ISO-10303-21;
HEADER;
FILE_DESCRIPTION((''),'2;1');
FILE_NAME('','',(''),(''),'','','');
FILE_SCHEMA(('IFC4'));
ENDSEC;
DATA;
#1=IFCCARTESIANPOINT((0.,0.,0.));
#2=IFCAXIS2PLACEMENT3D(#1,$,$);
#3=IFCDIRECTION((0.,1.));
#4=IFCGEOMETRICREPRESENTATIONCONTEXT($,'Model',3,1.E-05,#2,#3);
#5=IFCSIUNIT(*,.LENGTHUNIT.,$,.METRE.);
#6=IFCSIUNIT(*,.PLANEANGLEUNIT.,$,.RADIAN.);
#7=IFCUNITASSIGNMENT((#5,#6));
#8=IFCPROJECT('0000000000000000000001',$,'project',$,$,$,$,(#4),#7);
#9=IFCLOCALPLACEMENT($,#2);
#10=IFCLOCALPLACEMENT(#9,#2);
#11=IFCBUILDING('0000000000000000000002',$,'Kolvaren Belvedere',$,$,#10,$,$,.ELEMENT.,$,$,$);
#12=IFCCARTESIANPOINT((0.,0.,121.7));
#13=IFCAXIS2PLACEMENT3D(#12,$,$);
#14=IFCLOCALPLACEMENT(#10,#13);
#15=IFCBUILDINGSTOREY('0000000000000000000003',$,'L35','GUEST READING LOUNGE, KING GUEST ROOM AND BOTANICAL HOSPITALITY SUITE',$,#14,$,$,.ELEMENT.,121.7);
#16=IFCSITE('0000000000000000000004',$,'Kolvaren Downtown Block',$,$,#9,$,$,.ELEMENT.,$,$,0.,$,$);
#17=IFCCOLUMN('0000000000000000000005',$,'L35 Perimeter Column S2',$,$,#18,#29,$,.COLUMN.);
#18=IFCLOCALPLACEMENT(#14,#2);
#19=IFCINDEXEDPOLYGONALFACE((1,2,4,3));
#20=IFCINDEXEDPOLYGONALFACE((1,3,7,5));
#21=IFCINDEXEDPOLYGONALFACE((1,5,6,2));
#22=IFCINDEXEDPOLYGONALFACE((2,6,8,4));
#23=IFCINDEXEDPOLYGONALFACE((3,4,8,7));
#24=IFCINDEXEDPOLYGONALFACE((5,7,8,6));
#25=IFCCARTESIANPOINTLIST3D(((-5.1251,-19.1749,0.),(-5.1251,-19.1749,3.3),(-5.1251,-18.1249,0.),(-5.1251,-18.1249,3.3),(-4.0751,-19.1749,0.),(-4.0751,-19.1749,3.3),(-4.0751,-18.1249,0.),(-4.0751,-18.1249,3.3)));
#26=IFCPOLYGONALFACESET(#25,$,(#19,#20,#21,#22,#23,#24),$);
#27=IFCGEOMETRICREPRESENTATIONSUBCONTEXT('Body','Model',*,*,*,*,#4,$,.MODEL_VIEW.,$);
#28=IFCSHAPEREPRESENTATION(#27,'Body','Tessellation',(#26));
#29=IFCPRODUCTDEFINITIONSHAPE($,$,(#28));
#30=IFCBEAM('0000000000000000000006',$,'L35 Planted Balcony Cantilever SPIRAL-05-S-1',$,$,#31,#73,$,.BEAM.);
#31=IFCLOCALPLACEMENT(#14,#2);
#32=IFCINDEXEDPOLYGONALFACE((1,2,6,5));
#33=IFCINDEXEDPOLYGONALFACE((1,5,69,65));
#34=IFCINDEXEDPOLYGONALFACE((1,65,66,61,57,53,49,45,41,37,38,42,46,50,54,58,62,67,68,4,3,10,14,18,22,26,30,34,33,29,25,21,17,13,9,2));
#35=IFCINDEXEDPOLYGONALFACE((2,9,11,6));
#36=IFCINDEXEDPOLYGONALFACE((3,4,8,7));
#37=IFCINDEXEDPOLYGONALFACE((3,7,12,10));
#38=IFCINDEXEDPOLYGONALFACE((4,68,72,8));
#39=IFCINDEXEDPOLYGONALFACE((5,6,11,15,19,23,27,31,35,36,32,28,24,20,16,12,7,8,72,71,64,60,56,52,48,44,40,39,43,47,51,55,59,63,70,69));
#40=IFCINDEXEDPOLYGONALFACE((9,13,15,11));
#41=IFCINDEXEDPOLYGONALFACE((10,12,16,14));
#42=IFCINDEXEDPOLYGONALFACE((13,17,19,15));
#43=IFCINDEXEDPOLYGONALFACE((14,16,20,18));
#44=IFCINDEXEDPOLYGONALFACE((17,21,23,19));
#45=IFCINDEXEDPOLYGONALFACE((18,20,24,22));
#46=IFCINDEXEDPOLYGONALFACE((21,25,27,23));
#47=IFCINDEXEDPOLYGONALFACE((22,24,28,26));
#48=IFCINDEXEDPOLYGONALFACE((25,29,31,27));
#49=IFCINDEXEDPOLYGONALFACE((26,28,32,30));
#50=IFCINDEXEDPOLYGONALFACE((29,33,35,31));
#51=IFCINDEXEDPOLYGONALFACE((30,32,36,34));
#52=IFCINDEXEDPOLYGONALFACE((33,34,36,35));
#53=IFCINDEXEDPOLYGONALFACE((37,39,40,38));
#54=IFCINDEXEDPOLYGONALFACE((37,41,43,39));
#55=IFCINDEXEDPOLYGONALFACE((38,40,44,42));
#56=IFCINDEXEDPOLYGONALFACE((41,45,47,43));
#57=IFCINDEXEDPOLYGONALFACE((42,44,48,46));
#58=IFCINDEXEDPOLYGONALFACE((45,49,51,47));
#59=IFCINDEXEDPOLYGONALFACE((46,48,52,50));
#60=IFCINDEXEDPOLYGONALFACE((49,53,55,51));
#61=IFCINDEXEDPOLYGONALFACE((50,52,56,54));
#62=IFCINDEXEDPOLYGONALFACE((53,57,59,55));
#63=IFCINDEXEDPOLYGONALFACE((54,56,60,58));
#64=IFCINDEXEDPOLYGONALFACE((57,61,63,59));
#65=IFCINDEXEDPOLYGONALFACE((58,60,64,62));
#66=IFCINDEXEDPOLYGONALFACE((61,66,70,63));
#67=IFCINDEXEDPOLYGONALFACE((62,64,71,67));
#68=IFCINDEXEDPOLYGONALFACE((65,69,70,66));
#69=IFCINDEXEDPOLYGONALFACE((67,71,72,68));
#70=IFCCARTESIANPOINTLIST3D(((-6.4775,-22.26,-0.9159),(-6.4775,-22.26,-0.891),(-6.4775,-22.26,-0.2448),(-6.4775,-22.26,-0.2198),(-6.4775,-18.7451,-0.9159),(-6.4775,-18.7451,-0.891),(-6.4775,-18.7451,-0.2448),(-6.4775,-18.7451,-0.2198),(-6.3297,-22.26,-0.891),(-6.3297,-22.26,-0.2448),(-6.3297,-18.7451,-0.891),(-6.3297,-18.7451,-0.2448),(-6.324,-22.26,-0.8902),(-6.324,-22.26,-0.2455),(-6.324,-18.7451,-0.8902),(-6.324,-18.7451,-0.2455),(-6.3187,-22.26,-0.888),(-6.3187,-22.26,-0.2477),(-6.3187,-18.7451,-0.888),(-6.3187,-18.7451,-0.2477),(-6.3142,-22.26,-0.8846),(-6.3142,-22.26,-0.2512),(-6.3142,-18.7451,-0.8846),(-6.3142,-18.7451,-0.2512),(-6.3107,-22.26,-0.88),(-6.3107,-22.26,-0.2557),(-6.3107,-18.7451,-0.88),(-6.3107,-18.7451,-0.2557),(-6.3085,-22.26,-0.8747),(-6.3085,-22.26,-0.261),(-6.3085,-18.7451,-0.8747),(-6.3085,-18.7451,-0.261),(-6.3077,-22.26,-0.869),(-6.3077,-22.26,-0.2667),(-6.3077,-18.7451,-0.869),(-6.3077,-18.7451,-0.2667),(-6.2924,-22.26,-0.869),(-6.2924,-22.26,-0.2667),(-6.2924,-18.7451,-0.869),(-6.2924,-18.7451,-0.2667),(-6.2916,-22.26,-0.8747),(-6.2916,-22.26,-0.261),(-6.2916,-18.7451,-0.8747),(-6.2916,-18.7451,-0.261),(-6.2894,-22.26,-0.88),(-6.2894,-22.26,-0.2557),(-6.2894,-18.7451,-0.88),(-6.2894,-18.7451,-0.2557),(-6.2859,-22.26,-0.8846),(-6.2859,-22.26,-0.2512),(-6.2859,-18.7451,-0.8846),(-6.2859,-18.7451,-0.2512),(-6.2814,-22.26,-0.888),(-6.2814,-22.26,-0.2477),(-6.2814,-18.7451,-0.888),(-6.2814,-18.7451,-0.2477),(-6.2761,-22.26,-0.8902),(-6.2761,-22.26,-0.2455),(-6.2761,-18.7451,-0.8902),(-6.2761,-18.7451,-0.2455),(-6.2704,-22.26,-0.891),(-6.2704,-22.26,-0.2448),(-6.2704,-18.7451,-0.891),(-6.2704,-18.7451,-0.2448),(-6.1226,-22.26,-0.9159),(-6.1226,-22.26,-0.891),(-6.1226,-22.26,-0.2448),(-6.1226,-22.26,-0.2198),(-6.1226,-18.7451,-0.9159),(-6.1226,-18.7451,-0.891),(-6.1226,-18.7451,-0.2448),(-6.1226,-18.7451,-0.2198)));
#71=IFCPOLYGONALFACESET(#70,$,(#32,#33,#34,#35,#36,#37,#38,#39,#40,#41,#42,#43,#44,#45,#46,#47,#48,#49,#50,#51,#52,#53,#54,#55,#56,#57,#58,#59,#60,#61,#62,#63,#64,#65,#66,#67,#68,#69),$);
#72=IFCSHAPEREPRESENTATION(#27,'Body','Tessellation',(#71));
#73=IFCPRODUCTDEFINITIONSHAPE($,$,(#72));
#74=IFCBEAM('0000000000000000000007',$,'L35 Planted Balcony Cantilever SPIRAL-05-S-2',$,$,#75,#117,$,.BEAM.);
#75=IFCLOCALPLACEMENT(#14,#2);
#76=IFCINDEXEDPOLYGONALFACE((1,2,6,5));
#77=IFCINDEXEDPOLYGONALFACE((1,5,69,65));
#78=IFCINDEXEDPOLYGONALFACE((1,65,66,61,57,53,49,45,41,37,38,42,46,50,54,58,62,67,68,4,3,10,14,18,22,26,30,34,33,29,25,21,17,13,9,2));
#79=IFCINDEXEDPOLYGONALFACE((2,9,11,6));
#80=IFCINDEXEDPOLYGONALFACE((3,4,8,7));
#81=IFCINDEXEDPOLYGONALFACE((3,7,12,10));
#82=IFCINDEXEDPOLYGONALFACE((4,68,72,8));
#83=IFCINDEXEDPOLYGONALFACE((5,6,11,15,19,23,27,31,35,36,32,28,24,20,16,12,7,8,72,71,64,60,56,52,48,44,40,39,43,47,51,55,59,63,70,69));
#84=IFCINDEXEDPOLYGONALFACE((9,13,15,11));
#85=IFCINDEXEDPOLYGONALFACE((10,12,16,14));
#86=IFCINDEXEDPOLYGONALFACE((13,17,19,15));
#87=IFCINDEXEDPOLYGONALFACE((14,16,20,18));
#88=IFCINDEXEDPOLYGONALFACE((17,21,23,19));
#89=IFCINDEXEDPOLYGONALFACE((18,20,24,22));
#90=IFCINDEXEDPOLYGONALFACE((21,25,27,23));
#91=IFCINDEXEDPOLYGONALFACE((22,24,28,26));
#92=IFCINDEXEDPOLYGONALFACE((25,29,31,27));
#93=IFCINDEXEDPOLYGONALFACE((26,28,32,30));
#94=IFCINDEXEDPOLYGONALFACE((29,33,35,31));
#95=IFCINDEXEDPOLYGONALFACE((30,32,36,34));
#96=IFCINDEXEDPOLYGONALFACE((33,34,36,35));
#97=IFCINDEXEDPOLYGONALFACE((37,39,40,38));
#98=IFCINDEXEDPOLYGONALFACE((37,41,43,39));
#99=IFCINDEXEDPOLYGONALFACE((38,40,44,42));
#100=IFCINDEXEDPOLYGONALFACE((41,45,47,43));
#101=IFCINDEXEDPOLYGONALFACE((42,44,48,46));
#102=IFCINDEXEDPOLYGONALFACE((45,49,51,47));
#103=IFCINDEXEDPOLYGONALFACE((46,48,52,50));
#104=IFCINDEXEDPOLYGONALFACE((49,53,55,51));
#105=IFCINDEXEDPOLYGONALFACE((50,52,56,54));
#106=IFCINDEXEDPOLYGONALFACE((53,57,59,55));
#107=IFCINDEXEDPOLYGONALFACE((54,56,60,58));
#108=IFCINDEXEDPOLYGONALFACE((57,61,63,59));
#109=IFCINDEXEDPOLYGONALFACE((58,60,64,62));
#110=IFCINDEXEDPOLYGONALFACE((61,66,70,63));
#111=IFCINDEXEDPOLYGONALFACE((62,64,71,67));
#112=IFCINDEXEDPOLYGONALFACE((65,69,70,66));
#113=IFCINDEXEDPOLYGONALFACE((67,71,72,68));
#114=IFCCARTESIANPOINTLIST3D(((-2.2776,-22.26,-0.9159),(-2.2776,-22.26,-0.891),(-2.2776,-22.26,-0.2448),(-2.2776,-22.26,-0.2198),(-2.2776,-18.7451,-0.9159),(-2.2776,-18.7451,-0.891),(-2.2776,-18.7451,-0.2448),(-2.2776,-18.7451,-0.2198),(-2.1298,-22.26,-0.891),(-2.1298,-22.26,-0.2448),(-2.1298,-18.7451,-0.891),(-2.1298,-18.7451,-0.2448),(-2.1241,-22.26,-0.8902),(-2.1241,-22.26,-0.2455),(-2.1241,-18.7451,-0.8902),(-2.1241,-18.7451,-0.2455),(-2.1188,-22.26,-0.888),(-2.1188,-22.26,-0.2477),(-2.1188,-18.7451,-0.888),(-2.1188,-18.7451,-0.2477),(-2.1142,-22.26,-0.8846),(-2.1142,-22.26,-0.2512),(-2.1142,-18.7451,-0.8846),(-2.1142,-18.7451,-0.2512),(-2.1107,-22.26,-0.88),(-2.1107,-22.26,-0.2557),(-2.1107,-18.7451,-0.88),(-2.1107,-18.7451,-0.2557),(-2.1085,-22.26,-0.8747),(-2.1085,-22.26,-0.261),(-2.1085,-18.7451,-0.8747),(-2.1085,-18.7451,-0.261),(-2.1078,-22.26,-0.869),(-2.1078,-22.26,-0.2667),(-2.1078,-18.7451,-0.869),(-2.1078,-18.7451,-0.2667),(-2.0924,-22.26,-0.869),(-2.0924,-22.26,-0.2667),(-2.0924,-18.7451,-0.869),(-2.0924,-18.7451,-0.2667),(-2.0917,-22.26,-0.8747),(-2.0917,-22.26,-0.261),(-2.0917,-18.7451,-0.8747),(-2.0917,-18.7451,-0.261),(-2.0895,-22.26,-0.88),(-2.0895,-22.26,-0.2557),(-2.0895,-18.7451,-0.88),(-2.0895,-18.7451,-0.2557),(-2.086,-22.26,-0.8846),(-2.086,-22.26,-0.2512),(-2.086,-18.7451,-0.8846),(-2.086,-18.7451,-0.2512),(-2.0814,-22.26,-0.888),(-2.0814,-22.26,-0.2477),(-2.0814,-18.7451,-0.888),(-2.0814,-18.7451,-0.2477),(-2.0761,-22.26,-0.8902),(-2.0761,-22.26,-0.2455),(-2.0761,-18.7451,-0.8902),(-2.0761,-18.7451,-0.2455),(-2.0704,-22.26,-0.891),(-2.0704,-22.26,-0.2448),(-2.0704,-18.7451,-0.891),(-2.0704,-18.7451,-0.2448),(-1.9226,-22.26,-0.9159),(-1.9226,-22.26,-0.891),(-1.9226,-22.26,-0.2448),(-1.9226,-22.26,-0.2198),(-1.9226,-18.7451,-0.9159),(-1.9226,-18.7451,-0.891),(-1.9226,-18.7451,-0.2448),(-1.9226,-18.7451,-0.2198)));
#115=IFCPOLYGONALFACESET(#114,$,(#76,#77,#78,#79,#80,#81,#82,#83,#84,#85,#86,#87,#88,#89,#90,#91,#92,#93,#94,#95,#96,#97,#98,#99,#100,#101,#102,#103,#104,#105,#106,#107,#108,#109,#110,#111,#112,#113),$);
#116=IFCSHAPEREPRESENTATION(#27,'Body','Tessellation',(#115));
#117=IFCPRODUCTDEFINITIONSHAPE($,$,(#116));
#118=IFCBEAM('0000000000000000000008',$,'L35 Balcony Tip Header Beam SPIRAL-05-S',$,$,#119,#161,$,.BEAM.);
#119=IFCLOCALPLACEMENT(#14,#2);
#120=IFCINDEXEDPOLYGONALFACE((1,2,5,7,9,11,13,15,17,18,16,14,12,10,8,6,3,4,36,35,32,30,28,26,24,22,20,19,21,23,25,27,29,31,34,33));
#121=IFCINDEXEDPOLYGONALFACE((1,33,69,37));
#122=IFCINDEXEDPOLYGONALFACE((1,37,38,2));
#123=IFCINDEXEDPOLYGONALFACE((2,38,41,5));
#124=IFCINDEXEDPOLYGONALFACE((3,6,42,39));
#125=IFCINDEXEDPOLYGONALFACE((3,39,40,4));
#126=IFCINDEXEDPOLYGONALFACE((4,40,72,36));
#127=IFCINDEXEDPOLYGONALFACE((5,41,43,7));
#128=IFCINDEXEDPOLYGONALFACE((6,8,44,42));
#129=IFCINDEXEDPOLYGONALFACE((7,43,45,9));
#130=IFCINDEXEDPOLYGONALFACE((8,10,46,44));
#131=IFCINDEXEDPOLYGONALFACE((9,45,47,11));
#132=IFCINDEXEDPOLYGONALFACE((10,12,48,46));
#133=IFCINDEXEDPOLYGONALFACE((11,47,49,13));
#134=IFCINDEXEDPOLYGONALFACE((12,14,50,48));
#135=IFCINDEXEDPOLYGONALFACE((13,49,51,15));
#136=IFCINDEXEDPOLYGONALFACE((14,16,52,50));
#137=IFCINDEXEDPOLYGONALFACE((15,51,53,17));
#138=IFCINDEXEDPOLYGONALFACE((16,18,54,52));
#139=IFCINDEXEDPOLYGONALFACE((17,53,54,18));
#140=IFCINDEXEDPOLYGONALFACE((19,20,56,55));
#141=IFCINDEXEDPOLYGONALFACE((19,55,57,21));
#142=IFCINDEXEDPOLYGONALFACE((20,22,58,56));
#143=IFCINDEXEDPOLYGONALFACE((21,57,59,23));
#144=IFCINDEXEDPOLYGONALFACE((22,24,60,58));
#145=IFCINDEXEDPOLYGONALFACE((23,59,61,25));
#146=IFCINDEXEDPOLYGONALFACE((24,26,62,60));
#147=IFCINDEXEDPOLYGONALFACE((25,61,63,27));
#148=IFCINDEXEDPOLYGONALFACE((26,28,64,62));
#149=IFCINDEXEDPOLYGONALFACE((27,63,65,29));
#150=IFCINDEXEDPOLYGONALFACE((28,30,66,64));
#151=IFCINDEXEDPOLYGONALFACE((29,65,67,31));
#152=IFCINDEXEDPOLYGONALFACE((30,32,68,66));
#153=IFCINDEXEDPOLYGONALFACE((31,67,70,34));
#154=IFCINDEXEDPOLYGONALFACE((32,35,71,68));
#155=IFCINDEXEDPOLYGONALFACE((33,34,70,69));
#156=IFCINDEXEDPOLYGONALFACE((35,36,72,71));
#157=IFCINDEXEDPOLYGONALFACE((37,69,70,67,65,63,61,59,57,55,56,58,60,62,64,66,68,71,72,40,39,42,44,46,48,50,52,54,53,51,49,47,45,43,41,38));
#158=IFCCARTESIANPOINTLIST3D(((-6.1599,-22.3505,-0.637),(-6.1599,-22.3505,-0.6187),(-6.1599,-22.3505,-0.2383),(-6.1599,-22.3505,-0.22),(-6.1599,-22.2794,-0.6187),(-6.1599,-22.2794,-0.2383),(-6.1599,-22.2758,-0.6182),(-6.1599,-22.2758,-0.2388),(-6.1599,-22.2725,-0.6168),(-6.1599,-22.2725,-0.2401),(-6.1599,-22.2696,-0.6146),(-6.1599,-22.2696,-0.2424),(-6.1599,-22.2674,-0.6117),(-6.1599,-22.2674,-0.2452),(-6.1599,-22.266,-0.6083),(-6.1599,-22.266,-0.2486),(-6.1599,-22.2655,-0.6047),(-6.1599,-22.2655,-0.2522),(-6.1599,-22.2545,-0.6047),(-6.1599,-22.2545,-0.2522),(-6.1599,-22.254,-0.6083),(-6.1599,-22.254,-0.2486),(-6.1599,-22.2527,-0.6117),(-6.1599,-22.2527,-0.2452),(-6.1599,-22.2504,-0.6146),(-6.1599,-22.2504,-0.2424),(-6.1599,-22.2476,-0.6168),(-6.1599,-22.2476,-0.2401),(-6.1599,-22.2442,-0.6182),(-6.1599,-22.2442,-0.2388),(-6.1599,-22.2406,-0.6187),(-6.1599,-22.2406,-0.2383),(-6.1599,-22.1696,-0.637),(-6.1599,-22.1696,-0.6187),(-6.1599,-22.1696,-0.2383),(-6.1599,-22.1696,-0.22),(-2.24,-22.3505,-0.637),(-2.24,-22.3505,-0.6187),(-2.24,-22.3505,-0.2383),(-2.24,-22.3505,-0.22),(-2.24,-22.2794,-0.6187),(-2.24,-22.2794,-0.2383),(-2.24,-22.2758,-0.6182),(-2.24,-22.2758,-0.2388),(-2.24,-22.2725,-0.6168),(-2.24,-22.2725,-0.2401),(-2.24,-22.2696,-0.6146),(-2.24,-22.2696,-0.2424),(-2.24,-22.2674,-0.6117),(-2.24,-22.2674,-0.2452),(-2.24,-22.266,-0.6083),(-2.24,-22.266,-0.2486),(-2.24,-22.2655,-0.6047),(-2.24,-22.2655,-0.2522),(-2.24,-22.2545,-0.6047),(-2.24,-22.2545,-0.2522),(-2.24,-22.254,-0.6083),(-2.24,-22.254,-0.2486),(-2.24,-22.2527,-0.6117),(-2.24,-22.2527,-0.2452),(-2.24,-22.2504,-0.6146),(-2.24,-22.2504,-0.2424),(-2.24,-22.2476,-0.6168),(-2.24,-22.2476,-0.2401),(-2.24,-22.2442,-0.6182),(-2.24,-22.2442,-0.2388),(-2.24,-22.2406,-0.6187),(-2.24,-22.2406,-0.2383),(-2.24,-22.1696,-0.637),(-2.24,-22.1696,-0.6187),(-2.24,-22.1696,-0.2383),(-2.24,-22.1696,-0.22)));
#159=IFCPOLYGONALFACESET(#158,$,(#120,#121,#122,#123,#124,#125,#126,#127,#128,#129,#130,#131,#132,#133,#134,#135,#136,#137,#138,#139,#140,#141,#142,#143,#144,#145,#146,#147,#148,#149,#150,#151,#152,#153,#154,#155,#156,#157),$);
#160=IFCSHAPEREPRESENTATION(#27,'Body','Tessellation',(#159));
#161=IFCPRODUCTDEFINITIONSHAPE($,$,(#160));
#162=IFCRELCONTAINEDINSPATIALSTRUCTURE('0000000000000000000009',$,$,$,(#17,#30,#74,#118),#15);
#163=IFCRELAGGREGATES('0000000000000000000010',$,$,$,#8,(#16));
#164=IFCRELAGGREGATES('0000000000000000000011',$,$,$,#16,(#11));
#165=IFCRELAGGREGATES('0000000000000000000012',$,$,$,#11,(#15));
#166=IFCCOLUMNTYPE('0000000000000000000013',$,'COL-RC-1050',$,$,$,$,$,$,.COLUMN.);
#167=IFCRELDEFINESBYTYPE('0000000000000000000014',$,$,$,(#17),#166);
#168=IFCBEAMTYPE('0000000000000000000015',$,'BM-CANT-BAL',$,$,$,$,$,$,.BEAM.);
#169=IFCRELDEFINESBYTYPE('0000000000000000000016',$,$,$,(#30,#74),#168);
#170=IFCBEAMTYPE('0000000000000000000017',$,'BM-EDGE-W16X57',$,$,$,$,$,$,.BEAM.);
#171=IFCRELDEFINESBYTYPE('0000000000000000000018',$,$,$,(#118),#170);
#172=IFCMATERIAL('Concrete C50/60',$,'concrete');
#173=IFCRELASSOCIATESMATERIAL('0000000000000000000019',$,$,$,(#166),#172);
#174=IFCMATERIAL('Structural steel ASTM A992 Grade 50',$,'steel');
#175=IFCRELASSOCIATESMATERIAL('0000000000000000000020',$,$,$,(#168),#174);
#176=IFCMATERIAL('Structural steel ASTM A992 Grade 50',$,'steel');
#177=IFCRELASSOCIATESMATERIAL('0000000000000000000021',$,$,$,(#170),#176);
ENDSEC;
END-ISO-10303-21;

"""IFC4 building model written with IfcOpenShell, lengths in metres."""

from ifc_helpers import new_model, si_unit, direction, frame, origin, origin_2d, place, context, subcontext, project, spatial, rectangle, i_section, extrude, material, material_profile, profile_set, type_object, element, save


model = new_model("IFC4")

# Units and contexts
model_context = context("Model", 3, precision=1e-05, world=origin(), true_north=direction((0.0, 1.0)))
body_context = subcontext(model_context, "Body", "Model", "MODEL_VIEW")
ifc_project = project(units=[si_unit("LENGTHUNIT", "METRE"), si_unit("PLANEANGLEUNIT", "RADIAN")], contexts=[model_context])

# Site, building, storey
site_placement = place(None, origin())
site = spatial("IfcSite", under=ifc_project, at=site_placement, Name="Kolvaren Downtown Block", CompositionType="ELEMENT", RefElevation=0.0)
building_placement = place(site_placement, origin())
building = spatial("IfcBuilding", under=site, at=building_placement, Name="Kolvaren Belvedere", CompositionType="ELEMENT")
storey_placement = place(building_placement, frame((0.0, 0.0, 121.7)))
storey = spatial("IfcBuildingStorey", under=building, at=storey_placement, Name="L35", Description="GUEST READING LOUNGE, KING GUEST ROOM AND BOTANICAL HOSPITALITY SUITE", CompositionType="ELEMENT", Elevation=121.7)

# Column
ifc_material_1 = material(Name="Concrete C50/60", Category="concrete")
ifc_material_profile_1 = material_profile(ifc_material_1, rectangle(XDim=1.05, YDim=1.05, at=origin_2d()), Name="RC 1050X1050")
ifc_profile_set_1 = profile_set([ifc_material_profile_1], Name="Concrete C50/60")
column_type = type_object("IfcColumnType", Name="COL-RC-1050", PredefinedType="COLUMN", material=ifc_profile_set_1)
column_placement = place(storey_placement, frame((-4.6001, -18.6499, 0.0), z_axis=(0.0, 0.0, 1.0), x_axis=(1.0, 0.0, 0.0)))
element("IfcColumn", 1, at=column_placement, inside=storey, type_object=column_type, Name="L35 Perimeter Column S2", PredefinedType="COLUMN", context=body_context, shape_type="SweptSolid", body=[
    extrude(rectangle(XDim=1.05, YDim=1.05, at=origin_2d()), origin(), (0.0, 0.0, 1.0), 3.3),
])

# Beams
ifc_material_2 = material(Name="Structural steel ASTM A992 Grade 50", Category="steel")
ifc_material_profile_2 = material_profile(ifc_material_2, i_section(OverallWidth=0.355, OverallDepth=0.696, WebThickness=0.0154, FlangeThickness=0.0249, FilletRadius=0.022, at=origin_2d()), Name="W27X146")
ifc_profile_set_2 = profile_set([ifc_material_profile_2], Name="Structural steel ASTM A992 Grade 50")
beam_type_1 = type_object("IfcBeamType", Name="BM-CANT-BAL", PredefinedType="BEAM", material=ifc_profile_set_2)
for number, where, z_axis, x_axis, name in (
    (2, (-6.3, -18.7451, -0.5679), (0.0, -1.0, 0.0), (1.0, 0.0, 0.0), "L35 Planted Balcony Cantilever SPIRAL-05-S-1"),
    (3, (-2.1001, -18.7451, -0.5679), (0.0, -1.0, 0.0), (1.0, 0.0, 0.0), "L35 Planted Balcony Cantilever SPIRAL-05-S-2"),
):
    element("IfcBeam", number, at=place(storey_placement, frame(where, z_axis=z_axis, x_axis=x_axis)), inside=storey, type_object=beam_type_1, Name=name, PredefinedType="BEAM", context=body_context, shape_type="SweptSolid", body=[
        extrude(i_section(OverallWidth=0.355, OverallDepth=0.696, WebThickness=0.0154, FlangeThickness=0.0249, FilletRadius=0.022, at=origin_2d()), origin(), (0.0, 0.0, 1.0), 3.5149),
    ])
ifc_material_3 = material(Name="Structural steel ASTM A992 Grade 50", Category="steel")
ifc_material_profile_3 = material_profile(ifc_material_3, i_section(OverallWidth=0.1809, OverallDepth=0.417, WebThickness=0.011, FlangeThickness=0.0183, FilletRadius=0.0139, at=origin_2d()), Name="W16X57")
ifc_profile_set_3 = profile_set([ifc_material_profile_3], Name="Structural steel ASTM A992 Grade 50")
beam_type_2 = type_object("IfcBeamType", Name="BM-EDGE-W16X57", PredefinedType="BEAM", material=ifc_profile_set_3)
beam_1_placement = place(storey_placement, frame((-6.1599, -22.26, -0.4285), z_axis=(1.0, 0.0, 0.0), x_axis=(0.0, 1.0, 0.0)))
element("IfcBeam", 4, at=beam_1_placement, inside=storey, type_object=beam_type_2, Name="L35 Balcony Tip Header Beam SPIRAL-05-S", PredefinedType="BEAM", context=body_context, shape_type="SweptSolid", body=[
    extrude(i_section(OverallWidth=0.1809, OverallDepth=0.417, WebThickness=0.011, FlangeThickness=0.0183, FilletRadius=0.0139, at=origin_2d()), origin(), (0.0, 0.0, 1.0), 3.9199),
])

save(model, "model.ifc")
